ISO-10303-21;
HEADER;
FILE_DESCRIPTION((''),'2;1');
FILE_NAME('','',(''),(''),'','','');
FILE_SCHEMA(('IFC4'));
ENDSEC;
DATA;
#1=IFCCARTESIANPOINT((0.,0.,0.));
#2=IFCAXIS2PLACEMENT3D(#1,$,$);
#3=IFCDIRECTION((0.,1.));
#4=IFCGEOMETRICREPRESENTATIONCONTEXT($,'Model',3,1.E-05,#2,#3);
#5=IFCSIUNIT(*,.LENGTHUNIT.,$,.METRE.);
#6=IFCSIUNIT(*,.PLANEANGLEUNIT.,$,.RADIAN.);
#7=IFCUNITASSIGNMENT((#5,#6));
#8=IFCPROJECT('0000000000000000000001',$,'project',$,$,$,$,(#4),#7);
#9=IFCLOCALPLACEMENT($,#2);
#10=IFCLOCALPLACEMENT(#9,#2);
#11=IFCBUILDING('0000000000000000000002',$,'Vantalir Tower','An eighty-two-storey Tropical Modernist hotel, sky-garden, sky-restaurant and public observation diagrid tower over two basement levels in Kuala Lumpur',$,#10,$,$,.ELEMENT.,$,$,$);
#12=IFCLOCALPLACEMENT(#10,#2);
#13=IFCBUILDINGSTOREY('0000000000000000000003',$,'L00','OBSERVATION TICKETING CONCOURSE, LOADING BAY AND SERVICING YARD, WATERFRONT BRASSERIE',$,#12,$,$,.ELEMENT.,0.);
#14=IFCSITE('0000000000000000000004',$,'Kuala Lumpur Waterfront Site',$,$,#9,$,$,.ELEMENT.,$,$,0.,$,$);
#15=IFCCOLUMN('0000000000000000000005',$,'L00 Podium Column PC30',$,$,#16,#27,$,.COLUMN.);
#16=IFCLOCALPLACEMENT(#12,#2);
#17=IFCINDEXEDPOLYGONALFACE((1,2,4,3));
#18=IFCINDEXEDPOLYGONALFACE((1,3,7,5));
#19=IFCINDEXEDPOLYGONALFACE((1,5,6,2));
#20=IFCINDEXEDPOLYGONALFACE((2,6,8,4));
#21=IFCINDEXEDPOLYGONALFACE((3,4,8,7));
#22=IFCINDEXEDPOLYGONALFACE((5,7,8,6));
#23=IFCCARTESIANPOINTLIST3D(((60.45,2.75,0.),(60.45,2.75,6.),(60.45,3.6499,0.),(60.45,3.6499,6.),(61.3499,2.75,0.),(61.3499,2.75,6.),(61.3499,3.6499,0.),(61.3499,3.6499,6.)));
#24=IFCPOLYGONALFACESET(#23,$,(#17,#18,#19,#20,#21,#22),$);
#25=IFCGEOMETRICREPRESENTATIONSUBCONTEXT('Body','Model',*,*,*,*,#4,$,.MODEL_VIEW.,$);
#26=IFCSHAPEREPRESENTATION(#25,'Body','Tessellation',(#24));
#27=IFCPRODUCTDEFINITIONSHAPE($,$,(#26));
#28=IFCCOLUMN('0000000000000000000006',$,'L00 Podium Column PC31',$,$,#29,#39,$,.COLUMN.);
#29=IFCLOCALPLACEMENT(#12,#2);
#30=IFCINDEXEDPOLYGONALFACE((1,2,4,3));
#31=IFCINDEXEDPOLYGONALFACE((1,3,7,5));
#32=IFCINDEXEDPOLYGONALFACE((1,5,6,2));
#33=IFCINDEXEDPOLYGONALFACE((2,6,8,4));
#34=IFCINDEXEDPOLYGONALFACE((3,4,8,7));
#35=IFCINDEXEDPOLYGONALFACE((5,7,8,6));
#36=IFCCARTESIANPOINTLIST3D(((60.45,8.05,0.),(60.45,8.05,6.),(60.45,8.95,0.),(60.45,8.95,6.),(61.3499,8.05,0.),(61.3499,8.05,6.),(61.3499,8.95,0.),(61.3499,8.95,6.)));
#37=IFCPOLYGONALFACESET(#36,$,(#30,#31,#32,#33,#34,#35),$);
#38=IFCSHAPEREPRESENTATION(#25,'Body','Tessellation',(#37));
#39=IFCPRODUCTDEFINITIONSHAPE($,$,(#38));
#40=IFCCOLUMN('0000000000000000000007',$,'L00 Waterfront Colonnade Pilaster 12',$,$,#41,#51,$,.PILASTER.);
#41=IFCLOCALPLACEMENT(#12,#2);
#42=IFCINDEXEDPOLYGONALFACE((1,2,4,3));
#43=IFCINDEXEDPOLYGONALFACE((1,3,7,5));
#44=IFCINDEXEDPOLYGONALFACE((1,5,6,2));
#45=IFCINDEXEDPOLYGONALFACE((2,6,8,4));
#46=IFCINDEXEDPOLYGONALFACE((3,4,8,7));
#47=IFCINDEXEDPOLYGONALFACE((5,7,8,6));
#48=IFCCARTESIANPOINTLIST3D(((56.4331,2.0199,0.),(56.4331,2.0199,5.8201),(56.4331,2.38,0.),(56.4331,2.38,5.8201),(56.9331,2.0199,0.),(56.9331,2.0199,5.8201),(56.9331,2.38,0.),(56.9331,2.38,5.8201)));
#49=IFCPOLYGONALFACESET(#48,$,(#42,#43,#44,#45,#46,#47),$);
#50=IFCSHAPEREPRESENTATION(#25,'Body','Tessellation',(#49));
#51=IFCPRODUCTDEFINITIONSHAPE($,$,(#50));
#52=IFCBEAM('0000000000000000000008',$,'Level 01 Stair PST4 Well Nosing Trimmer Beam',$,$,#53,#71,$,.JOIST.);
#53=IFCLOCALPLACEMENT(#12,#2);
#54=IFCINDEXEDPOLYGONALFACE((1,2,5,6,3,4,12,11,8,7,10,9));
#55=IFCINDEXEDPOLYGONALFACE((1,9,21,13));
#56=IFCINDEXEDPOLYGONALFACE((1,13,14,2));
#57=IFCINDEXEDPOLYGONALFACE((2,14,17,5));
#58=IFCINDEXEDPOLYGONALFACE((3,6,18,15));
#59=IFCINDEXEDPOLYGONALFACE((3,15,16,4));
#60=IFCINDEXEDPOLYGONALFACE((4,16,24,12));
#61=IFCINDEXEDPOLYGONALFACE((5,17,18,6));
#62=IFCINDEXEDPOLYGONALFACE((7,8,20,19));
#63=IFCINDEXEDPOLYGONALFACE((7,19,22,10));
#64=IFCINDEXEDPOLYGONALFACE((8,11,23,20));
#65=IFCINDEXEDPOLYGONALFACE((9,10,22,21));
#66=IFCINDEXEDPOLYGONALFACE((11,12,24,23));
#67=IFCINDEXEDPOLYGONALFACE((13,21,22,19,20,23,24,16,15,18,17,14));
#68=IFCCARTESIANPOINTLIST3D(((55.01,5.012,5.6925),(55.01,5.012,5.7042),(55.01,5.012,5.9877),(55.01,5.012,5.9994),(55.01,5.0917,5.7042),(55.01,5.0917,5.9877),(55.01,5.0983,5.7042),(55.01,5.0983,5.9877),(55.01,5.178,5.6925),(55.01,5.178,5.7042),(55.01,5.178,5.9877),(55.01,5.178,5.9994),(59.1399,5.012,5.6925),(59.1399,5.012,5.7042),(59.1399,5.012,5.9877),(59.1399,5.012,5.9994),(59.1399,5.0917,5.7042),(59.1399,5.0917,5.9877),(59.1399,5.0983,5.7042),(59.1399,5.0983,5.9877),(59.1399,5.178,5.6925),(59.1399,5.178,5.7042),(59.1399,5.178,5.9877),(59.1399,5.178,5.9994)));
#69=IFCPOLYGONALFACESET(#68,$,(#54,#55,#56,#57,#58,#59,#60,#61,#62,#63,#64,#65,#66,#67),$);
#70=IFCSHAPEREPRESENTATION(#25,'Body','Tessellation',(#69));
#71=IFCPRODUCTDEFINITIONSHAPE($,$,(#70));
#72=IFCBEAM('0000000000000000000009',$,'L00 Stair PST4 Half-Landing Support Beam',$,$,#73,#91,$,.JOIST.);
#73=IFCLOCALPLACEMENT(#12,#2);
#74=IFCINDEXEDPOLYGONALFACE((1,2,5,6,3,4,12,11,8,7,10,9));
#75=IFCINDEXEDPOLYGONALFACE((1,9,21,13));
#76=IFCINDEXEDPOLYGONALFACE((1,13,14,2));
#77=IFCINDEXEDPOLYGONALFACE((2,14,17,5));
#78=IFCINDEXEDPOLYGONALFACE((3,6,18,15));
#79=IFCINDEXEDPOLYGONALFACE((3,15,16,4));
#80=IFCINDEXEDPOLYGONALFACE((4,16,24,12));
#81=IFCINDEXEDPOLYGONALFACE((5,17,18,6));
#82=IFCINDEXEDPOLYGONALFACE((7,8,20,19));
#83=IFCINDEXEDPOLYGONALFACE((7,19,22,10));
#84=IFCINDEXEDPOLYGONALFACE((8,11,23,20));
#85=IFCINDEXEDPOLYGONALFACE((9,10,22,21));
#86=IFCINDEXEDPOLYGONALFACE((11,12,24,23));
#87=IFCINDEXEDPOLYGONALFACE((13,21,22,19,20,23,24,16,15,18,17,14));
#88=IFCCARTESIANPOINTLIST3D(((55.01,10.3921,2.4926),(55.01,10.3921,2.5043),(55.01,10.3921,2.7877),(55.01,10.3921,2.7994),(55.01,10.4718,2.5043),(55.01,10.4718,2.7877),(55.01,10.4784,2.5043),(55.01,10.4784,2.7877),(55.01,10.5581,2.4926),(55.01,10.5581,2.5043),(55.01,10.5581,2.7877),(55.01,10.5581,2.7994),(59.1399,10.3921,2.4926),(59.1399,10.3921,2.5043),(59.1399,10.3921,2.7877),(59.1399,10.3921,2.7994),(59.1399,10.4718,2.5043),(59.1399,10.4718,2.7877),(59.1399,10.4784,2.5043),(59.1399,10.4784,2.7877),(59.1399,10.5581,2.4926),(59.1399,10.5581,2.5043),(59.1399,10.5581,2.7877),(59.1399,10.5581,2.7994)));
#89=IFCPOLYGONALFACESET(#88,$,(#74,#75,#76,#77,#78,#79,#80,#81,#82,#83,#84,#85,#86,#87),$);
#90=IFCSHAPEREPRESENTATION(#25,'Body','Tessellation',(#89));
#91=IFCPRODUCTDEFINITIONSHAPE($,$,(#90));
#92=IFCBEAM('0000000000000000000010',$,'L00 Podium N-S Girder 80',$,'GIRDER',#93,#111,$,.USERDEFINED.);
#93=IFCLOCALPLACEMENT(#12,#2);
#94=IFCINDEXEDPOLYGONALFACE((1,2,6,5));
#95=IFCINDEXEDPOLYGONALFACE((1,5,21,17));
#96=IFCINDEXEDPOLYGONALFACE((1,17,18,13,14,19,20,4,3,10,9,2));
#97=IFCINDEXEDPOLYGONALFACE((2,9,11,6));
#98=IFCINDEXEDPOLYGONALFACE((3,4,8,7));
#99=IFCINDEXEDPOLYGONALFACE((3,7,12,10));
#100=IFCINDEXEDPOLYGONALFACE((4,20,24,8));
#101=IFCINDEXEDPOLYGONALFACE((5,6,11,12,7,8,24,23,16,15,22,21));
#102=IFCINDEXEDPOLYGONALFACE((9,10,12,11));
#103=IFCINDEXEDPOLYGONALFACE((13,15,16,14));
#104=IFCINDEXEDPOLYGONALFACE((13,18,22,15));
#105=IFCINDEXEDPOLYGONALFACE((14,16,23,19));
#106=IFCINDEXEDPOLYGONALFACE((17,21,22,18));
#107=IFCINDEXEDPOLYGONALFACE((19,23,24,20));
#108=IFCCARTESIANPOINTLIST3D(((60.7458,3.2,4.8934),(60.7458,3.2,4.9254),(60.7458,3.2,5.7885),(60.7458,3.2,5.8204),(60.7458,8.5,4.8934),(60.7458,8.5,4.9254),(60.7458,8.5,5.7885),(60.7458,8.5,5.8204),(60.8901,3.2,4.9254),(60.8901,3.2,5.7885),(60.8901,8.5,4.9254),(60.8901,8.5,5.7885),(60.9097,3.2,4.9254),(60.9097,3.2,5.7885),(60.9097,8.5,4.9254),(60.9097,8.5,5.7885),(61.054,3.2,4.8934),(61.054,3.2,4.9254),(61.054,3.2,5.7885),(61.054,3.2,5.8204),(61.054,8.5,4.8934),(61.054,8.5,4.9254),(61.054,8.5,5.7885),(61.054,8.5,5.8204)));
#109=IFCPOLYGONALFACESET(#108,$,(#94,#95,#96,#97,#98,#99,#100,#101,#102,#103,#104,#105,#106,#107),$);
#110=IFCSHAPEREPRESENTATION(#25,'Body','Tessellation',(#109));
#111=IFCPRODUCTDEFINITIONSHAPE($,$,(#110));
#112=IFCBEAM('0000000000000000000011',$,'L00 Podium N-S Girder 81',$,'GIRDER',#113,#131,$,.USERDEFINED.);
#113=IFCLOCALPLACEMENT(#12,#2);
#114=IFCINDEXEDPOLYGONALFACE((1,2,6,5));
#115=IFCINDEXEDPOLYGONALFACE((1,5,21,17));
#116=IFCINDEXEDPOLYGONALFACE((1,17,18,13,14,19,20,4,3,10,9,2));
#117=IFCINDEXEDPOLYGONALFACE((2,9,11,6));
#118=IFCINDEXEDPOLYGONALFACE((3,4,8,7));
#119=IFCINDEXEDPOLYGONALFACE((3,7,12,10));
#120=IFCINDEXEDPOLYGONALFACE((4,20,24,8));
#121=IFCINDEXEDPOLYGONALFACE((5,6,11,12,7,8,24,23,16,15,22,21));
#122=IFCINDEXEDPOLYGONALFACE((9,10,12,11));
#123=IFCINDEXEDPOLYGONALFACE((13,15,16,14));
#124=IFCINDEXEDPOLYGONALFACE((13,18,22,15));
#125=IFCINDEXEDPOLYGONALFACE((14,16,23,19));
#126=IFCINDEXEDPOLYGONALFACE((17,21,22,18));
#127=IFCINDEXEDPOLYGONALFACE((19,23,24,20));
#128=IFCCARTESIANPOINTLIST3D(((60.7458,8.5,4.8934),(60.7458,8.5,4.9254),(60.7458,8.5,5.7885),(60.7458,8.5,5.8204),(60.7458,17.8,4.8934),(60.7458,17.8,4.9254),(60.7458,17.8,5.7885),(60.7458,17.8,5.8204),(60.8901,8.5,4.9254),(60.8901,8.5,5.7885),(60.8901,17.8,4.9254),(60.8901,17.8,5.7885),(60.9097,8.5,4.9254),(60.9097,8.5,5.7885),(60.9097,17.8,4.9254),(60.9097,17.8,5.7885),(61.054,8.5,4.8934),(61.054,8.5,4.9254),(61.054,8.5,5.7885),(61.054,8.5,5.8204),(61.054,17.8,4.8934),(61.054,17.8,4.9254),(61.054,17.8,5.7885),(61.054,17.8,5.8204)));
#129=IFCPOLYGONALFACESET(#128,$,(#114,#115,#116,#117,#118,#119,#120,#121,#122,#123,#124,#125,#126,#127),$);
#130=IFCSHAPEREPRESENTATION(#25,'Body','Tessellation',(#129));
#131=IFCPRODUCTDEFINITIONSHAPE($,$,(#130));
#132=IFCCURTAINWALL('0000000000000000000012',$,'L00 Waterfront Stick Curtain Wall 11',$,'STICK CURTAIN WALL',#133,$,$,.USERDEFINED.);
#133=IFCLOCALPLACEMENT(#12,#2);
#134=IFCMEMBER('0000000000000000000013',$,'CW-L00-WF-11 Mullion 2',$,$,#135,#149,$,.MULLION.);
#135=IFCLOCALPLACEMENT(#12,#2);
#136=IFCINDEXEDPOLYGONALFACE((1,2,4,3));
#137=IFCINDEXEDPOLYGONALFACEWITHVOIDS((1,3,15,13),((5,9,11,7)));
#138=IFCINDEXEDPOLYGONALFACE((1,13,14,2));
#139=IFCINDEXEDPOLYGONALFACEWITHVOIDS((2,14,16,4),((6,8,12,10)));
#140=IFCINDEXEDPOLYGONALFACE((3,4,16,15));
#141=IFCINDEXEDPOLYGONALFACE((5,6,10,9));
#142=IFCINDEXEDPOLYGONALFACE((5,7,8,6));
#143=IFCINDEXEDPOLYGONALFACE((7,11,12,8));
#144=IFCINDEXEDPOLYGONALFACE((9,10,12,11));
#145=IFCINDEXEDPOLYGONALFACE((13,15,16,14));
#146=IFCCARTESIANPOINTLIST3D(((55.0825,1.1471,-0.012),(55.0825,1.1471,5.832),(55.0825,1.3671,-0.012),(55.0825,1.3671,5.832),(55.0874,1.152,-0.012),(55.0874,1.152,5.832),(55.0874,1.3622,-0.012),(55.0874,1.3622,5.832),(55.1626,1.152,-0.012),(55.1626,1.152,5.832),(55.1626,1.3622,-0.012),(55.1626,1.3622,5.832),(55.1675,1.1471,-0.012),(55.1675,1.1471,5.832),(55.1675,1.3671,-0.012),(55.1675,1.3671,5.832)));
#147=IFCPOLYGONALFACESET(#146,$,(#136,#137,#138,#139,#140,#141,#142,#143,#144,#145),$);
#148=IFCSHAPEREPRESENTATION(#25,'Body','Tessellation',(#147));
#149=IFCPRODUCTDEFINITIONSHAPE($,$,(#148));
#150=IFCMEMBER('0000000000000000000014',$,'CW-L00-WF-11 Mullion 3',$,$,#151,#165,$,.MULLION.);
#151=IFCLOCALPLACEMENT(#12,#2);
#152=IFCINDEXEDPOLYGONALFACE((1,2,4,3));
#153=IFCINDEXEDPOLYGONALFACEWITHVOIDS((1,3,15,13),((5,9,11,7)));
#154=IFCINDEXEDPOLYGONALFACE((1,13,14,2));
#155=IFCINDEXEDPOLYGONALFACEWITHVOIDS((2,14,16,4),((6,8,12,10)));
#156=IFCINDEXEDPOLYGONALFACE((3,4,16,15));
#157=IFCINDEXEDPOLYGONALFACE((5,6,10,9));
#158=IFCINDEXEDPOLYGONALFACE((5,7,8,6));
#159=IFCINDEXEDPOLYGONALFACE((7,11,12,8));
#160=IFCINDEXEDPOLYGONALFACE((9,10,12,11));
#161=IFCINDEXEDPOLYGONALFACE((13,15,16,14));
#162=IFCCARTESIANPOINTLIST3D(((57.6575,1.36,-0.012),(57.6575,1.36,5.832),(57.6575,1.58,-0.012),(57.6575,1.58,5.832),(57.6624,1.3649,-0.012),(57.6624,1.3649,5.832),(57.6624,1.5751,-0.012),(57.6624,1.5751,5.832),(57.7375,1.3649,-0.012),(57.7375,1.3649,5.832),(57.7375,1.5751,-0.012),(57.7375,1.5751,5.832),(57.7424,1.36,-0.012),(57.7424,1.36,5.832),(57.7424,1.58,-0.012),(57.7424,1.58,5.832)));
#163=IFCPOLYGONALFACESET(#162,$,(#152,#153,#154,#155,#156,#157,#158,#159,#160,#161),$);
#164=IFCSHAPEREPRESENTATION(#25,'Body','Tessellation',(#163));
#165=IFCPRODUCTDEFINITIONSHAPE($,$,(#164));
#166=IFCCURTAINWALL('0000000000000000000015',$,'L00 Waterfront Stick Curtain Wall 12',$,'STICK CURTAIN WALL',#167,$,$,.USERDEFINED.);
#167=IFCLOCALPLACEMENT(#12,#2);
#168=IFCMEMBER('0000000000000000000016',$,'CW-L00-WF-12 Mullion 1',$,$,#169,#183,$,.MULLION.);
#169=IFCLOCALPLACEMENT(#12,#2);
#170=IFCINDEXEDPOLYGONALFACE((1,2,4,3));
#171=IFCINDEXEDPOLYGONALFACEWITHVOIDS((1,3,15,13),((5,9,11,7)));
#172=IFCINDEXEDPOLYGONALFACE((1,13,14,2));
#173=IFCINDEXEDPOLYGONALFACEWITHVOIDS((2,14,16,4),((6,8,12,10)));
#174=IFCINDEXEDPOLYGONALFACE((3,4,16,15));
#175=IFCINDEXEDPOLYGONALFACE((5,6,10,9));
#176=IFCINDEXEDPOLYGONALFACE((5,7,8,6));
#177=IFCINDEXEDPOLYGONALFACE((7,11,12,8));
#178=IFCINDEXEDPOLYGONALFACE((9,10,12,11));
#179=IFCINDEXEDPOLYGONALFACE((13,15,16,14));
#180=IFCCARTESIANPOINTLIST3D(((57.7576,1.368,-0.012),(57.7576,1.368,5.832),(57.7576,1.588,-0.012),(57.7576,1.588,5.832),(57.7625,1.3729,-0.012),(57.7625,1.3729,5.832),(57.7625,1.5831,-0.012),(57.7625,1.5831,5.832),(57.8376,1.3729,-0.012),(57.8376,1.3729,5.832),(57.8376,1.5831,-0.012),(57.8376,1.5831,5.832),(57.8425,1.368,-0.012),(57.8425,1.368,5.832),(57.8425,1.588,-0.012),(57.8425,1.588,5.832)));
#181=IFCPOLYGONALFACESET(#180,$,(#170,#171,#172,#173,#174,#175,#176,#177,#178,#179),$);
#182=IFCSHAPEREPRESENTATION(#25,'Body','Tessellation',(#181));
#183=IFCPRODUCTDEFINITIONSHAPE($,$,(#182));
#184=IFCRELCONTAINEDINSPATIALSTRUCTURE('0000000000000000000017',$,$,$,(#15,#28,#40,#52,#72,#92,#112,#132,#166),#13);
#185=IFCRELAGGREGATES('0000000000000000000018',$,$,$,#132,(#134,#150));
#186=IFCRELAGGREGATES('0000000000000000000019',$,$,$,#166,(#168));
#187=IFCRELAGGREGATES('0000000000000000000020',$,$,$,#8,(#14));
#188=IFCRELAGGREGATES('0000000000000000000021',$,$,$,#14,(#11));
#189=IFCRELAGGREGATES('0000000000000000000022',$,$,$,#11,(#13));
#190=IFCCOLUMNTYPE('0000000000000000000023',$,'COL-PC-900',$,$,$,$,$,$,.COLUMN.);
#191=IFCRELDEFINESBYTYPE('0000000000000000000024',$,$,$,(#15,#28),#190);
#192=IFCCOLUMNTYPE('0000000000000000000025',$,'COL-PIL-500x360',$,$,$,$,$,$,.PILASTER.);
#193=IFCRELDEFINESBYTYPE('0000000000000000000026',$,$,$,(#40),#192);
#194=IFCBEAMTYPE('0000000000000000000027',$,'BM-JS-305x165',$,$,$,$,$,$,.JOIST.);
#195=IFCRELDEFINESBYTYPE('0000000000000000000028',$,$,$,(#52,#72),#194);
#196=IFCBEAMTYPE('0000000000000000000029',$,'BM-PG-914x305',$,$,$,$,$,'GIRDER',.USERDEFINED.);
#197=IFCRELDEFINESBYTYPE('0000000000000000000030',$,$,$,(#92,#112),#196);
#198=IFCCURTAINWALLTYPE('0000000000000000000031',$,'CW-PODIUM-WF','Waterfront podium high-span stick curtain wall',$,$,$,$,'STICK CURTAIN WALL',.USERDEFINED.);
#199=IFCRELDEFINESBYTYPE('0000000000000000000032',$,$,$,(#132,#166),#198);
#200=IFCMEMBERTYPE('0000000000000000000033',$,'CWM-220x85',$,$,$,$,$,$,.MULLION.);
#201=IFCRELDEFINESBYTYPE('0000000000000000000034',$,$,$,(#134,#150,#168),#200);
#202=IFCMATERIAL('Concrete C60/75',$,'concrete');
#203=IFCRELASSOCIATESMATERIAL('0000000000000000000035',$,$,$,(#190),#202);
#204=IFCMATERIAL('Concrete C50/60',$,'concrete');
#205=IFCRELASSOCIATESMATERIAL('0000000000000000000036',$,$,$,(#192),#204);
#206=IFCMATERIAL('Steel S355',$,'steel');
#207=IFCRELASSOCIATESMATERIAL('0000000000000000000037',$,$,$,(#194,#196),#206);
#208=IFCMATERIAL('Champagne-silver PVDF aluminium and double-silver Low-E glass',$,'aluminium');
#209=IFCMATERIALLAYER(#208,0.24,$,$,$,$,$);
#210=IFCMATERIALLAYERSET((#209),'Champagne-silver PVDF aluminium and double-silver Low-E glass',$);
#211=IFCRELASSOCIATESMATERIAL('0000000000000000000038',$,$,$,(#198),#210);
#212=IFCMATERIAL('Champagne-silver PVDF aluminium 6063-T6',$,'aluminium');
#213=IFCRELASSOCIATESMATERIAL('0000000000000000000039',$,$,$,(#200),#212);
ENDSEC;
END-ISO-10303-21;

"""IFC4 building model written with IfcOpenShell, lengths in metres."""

from ifc_helpers import new_model, si_unit, direction, frame, origin, origin_2d, place, context, subcontext, project, spatial, rectangle, hollow_rectangle, i_section, extrude, material, layer, layer_set, material_profile, profile_set, type_object, element, aggregate, save


model = new_model("IFC4")

# Units and contexts
model_context = context("Model", 3, precision=1e-05, world=origin(), true_north=direction((0.0, 1.0)))
body_context = subcontext(model_context, "Body", "Model", "MODEL_VIEW")
ifc_project = project(units=[si_unit("LENGTHUNIT", "METRE"), si_unit("PLANEANGLEUNIT", "RADIAN")], contexts=[model_context])

# Site, building, storey
site_placement = place(None, origin())
site = spatial("IfcSite", under=ifc_project, at=site_placement, Name="Kuala Lumpur Waterfront Site", CompositionType="ELEMENT", RefElevation=0.0)
building_placement = place(site_placement, origin())
building = spatial("IfcBuilding", under=site, at=building_placement, Name="Vantalir Tower", Description="An eighty-two-storey Tropical Modernist hotel, sky-garden, sky-restaurant and public observation diagrid tower over two basement levels in Kuala Lumpur", CompositionType="ELEMENT")
storey_placement = place(building_placement, origin())
storey = spatial("IfcBuildingStorey", under=building, at=storey_placement, Name="L00", Description="OBSERVATION TICKETING CONCOURSE, LOADING BAY AND SERVICING YARD, WATERFRONT BRASSERIE", CompositionType="ELEMENT", Elevation=0.0)

# Columns
ifc_material_1 = material(Name="Concrete C60/75", Category="concrete")
ifc_material_profile_1 = material_profile(ifc_material_1, rectangle(XDim=0.8999, YDim=0.8999, at=origin_2d()), Name="Concrete C60/75")
ifc_profile_set_1 = profile_set([ifc_material_profile_1], Name="Concrete C60/75")
column_type_1 = type_object("IfcColumnType", Name="COL-PC-900", PredefinedType="COLUMN", material=ifc_profile_set_1)
for number, where, z_axis, x_axis, name in (
    (1, (60.8999, 3.2, 0.0), (0.0, 0.0, 1.0), (1.0, 0.0, 0.0), "L00 Podium Column PC30"),
    (2, (60.8999, 8.5, 0.0), (0.0, 0.0, 1.0), (1.0, 0.0, 0.0), "L00 Podium Column PC31"),
):
    element("IfcColumn", number, at=place(storey_placement, frame(where, z_axis=z_axis, x_axis=x_axis)), inside=storey, type_object=column_type_1, Name=name, PredefinedType="COLUMN", context=body_context, shape_type="SweptSolid", body=[
        extrude(rectangle(XDim=0.8999, YDim=0.8999, at=origin_2d()), origin(), (0.0, 0.0, 1.0), 6.0),
    ])
ifc_material_2 = material(Name="Concrete C50/60", Category="concrete")
ifc_material_profile_2 = material_profile(ifc_material_2, rectangle(XDim=0.5, YDim=0.3601, at=origin_2d()), Name="Concrete C50/60")
ifc_profile_set_2 = profile_set([ifc_material_profile_2], Name="Concrete C50/60")
column_type_2 = type_object("IfcColumnType", Name="COL-PIL-500x360", PredefinedType="PILASTER", material=ifc_profile_set_2)
column_placement = place(storey_placement, frame((56.6831, 2.2, 0.0), z_axis=(0.0, 0.0, 1.0), x_axis=(1.0, 0.0, 0.0)))
element("IfcColumn", 3, at=column_placement, inside=storey, type_object=column_type_2, Name="L00 Waterfront Colonnade Pilaster 12", PredefinedType="PILASTER", context=body_context, shape_type="SweptSolid", body=[
    extrude(rectangle(XDim=0.5, YDim=0.3601, at=origin_2d()), origin(), (0.0, 0.0, 1.0), 5.8201),
])

# Beams
ifc_material_3 = material(Name="Steel S355", Category="steel")
ifc_material_profile_3 = material_profile(ifc_material_3, i_section(OverallWidth=0.166, OverallDepth=0.3069, WebThickness=0.0066, FlangeThickness=0.0117, at=origin_2d()), Name="Steel S355")
ifc_profile_set_3 = profile_set([ifc_material_profile_3], Name="Steel S355")
beam_type_1 = type_object("IfcBeamType", Name="BM-JS-305x165", PredefinedType="JOIST", material=ifc_profile_set_3)
for number, where, z_axis, x_axis, name in (
    (4, (55.01, 5.095, 5.8459), (1.0, 0.0, 0.0), (0.0, 1.0, 0.0), "Level 01 Stair PST4 Well Nosing Trimmer Beam"),
    (5, (55.01, 10.4751, 2.646), (1.0, 0.0, 0.0), (0.0, 1.0, 0.0), "L00 Stair PST4 Half-Landing Support Beam"),
):
    element("IfcBeam", number, at=place(storey_placement, frame(where, z_axis=z_axis, x_axis=x_axis)), inside=storey, type_object=beam_type_1, Name=name, PredefinedType="JOIST", context=body_context, shape_type="SweptSolid", body=[
        extrude(i_section(OverallWidth=0.166, OverallDepth=0.3069, WebThickness=0.0066, FlangeThickness=0.0117, at=origin_2d()), origin(), (0.0, 0.0, 1.0), 4.1299),
    ])
ifc_material_profile_4 = material_profile(ifc_material_3, i_section(OverallWidth=0.3081, OverallDepth=0.927, WebThickness=0.0195, FlangeThickness=0.032, at=origin_2d()), Name="Steel S355")
ifc_profile_set_4 = profile_set([ifc_material_profile_4], Name="Steel S355")
beam_type_2 = type_object("IfcBeamType", Name="BM-PG-914x305", ElementType="GIRDER", PredefinedType="USERDEFINED", material=ifc_profile_set_4)
beam_1_placement = place(storey_placement, frame((60.8999, 3.2, 5.3569), z_axis=(0.0, 1.0, 0.0), x_axis=(-1.0, 0.0, 0.0)))
element("IfcBeam", 6, at=beam_1_placement, inside=storey, type_object=beam_type_2, Name="L00 Podium N-S Girder 80", ObjectType="GIRDER", PredefinedType="USERDEFINED", context=body_context, shape_type="SweptSolid", body=[
    extrude(i_section(OverallWidth=0.3081, OverallDepth=0.927, WebThickness=0.0195, FlangeThickness=0.032, at=origin_2d()), origin(), (0.0, 0.0, 1.0), 5.3),
])
beam_2_placement = place(storey_placement, frame((60.8999, 8.5, 5.3569), z_axis=(0.0, 1.0, 0.0), x_axis=(-1.0, 0.0, 0.0)))
element("IfcBeam", 7, at=beam_2_placement, inside=storey, type_object=beam_type_2, Name="L00 Podium N-S Girder 81", ObjectType="GIRDER", PredefinedType="USERDEFINED", context=body_context, shape_type="SweptSolid", body=[
    extrude(i_section(OverallWidth=0.3081, OverallDepth=0.927, WebThickness=0.0195, FlangeThickness=0.032, at=origin_2d()), origin(), (0.0, 0.0, 1.0), 9.3),
])

# Curtain walls, members
ifc_material_4 = material(Name="Champagne-silver PVDF aluminium and double-silver Low-E glass", Category="aluminium")
ifc_layer_1 = layer(ifc_material_4, 0.24)
ifc_layer_set_1 = layer_set([ifc_layer_1], Name="Champagne-silver PVDF aluminium and double-silver Low-E glass")
curtain_wall_type = type_object("IfcCurtainWallType", Name="CW-PODIUM-WF", Description="Waterfront podium high-span stick curtain wall", ElementType="STICK CURTAIN WALL", PredefinedType="USERDEFINED", material=ifc_layer_set_1)
curtain_wall_1_placement = place(storey_placement, origin())
curtain_wall_1 = element("IfcCurtainWall", 8, at=curtain_wall_1_placement, inside=storey, type_object=curtain_wall_type, Name="L00 Waterfront Stick Curtain Wall 11", ObjectType="STICK CURTAIN WALL", PredefinedType="USERDEFINED")
ifc_material_5 = material(Name="Champagne-silver PVDF aluminium 6063-T6", Category="aluminium")
ifc_material_profile_5 = material_profile(ifc_material_5, hollow_rectangle(XDim=0.085, YDim=0.22, WallThickness=0.0049, at=origin_2d()), Name="Champagne-silver PVDF aluminium 6063-T6")
ifc_profile_set_5 = profile_set([ifc_material_profile_5], Name="Champagne-silver PVDF aluminium 6063-T6")
member_type_1 = type_object("IfcMemberType", Name="CWM-220x85", PredefinedType="MULLION", material=ifc_profile_set_5)
member_1_placement = place(storey_placement, frame((55.125, 1.2571, -0.012), z_axis=(0.0, 0.0, 1.0), x_axis=(1.0, 0.0, 0.0)))
member_1 = element("IfcMember", 9, at=member_1_placement, type_object=member_type_1, Name="CW-L00-WF-11 Mullion 2", PredefinedType="MULLION", context=body_context, shape_type="SweptSolid", body=[
    extrude(hollow_rectangle(XDim=0.085, YDim=0.22, WallThickness=0.0049, at=origin_2d()), origin(), (0.0, 0.0, 1.0), 5.844),
])
member_2_placement = place(storey_placement, frame((57.7, 1.47, -0.012), z_axis=(0.0, 0.0, 1.0), x_axis=(1.0, 0.0, 0.0)))
member_2 = element("IfcMember", 10, at=member_2_placement, type_object=member_type_1, Name="CW-L00-WF-11 Mullion 3", PredefinedType="MULLION", context=body_context, shape_type="SweptSolid", body=[
    extrude(hollow_rectangle(XDim=0.085, YDim=0.22, WallThickness=0.0049, at=origin_2d()), origin(), (0.0, 0.0, 1.0), 5.844),
])
curtain_wall_2_placement = place(storey_placement, origin())
curtain_wall_2 = element("IfcCurtainWall", 11, at=curtain_wall_2_placement, inside=storey, type_object=curtain_wall_type, Name="L00 Waterfront Stick Curtain Wall 12", ObjectType="STICK CURTAIN WALL", PredefinedType="USERDEFINED")
member_3_placement = place(storey_placement, frame((57.8, 1.478, -0.012), z_axis=(0.0, 0.0, 1.0), x_axis=(1.0, 0.0, 0.0)))
member_3 = element("IfcMember", 12, at=member_3_placement, type_object=member_type_1, Name="CW-L00-WF-12 Mullion 1", PredefinedType="MULLION", context=body_context, shape_type="SweptSolid", body=[
    extrude(hollow_rectangle(XDim=0.085, YDim=0.22, WallThickness=0.0049, at=origin_2d()), origin(), (0.0, 0.0, 1.0), 5.844),
])

aggregate(curtain_wall_1, [member_1, member_2])
aggregate(curtain_wall_2, [member_3])

save(model, "model.ifc")
